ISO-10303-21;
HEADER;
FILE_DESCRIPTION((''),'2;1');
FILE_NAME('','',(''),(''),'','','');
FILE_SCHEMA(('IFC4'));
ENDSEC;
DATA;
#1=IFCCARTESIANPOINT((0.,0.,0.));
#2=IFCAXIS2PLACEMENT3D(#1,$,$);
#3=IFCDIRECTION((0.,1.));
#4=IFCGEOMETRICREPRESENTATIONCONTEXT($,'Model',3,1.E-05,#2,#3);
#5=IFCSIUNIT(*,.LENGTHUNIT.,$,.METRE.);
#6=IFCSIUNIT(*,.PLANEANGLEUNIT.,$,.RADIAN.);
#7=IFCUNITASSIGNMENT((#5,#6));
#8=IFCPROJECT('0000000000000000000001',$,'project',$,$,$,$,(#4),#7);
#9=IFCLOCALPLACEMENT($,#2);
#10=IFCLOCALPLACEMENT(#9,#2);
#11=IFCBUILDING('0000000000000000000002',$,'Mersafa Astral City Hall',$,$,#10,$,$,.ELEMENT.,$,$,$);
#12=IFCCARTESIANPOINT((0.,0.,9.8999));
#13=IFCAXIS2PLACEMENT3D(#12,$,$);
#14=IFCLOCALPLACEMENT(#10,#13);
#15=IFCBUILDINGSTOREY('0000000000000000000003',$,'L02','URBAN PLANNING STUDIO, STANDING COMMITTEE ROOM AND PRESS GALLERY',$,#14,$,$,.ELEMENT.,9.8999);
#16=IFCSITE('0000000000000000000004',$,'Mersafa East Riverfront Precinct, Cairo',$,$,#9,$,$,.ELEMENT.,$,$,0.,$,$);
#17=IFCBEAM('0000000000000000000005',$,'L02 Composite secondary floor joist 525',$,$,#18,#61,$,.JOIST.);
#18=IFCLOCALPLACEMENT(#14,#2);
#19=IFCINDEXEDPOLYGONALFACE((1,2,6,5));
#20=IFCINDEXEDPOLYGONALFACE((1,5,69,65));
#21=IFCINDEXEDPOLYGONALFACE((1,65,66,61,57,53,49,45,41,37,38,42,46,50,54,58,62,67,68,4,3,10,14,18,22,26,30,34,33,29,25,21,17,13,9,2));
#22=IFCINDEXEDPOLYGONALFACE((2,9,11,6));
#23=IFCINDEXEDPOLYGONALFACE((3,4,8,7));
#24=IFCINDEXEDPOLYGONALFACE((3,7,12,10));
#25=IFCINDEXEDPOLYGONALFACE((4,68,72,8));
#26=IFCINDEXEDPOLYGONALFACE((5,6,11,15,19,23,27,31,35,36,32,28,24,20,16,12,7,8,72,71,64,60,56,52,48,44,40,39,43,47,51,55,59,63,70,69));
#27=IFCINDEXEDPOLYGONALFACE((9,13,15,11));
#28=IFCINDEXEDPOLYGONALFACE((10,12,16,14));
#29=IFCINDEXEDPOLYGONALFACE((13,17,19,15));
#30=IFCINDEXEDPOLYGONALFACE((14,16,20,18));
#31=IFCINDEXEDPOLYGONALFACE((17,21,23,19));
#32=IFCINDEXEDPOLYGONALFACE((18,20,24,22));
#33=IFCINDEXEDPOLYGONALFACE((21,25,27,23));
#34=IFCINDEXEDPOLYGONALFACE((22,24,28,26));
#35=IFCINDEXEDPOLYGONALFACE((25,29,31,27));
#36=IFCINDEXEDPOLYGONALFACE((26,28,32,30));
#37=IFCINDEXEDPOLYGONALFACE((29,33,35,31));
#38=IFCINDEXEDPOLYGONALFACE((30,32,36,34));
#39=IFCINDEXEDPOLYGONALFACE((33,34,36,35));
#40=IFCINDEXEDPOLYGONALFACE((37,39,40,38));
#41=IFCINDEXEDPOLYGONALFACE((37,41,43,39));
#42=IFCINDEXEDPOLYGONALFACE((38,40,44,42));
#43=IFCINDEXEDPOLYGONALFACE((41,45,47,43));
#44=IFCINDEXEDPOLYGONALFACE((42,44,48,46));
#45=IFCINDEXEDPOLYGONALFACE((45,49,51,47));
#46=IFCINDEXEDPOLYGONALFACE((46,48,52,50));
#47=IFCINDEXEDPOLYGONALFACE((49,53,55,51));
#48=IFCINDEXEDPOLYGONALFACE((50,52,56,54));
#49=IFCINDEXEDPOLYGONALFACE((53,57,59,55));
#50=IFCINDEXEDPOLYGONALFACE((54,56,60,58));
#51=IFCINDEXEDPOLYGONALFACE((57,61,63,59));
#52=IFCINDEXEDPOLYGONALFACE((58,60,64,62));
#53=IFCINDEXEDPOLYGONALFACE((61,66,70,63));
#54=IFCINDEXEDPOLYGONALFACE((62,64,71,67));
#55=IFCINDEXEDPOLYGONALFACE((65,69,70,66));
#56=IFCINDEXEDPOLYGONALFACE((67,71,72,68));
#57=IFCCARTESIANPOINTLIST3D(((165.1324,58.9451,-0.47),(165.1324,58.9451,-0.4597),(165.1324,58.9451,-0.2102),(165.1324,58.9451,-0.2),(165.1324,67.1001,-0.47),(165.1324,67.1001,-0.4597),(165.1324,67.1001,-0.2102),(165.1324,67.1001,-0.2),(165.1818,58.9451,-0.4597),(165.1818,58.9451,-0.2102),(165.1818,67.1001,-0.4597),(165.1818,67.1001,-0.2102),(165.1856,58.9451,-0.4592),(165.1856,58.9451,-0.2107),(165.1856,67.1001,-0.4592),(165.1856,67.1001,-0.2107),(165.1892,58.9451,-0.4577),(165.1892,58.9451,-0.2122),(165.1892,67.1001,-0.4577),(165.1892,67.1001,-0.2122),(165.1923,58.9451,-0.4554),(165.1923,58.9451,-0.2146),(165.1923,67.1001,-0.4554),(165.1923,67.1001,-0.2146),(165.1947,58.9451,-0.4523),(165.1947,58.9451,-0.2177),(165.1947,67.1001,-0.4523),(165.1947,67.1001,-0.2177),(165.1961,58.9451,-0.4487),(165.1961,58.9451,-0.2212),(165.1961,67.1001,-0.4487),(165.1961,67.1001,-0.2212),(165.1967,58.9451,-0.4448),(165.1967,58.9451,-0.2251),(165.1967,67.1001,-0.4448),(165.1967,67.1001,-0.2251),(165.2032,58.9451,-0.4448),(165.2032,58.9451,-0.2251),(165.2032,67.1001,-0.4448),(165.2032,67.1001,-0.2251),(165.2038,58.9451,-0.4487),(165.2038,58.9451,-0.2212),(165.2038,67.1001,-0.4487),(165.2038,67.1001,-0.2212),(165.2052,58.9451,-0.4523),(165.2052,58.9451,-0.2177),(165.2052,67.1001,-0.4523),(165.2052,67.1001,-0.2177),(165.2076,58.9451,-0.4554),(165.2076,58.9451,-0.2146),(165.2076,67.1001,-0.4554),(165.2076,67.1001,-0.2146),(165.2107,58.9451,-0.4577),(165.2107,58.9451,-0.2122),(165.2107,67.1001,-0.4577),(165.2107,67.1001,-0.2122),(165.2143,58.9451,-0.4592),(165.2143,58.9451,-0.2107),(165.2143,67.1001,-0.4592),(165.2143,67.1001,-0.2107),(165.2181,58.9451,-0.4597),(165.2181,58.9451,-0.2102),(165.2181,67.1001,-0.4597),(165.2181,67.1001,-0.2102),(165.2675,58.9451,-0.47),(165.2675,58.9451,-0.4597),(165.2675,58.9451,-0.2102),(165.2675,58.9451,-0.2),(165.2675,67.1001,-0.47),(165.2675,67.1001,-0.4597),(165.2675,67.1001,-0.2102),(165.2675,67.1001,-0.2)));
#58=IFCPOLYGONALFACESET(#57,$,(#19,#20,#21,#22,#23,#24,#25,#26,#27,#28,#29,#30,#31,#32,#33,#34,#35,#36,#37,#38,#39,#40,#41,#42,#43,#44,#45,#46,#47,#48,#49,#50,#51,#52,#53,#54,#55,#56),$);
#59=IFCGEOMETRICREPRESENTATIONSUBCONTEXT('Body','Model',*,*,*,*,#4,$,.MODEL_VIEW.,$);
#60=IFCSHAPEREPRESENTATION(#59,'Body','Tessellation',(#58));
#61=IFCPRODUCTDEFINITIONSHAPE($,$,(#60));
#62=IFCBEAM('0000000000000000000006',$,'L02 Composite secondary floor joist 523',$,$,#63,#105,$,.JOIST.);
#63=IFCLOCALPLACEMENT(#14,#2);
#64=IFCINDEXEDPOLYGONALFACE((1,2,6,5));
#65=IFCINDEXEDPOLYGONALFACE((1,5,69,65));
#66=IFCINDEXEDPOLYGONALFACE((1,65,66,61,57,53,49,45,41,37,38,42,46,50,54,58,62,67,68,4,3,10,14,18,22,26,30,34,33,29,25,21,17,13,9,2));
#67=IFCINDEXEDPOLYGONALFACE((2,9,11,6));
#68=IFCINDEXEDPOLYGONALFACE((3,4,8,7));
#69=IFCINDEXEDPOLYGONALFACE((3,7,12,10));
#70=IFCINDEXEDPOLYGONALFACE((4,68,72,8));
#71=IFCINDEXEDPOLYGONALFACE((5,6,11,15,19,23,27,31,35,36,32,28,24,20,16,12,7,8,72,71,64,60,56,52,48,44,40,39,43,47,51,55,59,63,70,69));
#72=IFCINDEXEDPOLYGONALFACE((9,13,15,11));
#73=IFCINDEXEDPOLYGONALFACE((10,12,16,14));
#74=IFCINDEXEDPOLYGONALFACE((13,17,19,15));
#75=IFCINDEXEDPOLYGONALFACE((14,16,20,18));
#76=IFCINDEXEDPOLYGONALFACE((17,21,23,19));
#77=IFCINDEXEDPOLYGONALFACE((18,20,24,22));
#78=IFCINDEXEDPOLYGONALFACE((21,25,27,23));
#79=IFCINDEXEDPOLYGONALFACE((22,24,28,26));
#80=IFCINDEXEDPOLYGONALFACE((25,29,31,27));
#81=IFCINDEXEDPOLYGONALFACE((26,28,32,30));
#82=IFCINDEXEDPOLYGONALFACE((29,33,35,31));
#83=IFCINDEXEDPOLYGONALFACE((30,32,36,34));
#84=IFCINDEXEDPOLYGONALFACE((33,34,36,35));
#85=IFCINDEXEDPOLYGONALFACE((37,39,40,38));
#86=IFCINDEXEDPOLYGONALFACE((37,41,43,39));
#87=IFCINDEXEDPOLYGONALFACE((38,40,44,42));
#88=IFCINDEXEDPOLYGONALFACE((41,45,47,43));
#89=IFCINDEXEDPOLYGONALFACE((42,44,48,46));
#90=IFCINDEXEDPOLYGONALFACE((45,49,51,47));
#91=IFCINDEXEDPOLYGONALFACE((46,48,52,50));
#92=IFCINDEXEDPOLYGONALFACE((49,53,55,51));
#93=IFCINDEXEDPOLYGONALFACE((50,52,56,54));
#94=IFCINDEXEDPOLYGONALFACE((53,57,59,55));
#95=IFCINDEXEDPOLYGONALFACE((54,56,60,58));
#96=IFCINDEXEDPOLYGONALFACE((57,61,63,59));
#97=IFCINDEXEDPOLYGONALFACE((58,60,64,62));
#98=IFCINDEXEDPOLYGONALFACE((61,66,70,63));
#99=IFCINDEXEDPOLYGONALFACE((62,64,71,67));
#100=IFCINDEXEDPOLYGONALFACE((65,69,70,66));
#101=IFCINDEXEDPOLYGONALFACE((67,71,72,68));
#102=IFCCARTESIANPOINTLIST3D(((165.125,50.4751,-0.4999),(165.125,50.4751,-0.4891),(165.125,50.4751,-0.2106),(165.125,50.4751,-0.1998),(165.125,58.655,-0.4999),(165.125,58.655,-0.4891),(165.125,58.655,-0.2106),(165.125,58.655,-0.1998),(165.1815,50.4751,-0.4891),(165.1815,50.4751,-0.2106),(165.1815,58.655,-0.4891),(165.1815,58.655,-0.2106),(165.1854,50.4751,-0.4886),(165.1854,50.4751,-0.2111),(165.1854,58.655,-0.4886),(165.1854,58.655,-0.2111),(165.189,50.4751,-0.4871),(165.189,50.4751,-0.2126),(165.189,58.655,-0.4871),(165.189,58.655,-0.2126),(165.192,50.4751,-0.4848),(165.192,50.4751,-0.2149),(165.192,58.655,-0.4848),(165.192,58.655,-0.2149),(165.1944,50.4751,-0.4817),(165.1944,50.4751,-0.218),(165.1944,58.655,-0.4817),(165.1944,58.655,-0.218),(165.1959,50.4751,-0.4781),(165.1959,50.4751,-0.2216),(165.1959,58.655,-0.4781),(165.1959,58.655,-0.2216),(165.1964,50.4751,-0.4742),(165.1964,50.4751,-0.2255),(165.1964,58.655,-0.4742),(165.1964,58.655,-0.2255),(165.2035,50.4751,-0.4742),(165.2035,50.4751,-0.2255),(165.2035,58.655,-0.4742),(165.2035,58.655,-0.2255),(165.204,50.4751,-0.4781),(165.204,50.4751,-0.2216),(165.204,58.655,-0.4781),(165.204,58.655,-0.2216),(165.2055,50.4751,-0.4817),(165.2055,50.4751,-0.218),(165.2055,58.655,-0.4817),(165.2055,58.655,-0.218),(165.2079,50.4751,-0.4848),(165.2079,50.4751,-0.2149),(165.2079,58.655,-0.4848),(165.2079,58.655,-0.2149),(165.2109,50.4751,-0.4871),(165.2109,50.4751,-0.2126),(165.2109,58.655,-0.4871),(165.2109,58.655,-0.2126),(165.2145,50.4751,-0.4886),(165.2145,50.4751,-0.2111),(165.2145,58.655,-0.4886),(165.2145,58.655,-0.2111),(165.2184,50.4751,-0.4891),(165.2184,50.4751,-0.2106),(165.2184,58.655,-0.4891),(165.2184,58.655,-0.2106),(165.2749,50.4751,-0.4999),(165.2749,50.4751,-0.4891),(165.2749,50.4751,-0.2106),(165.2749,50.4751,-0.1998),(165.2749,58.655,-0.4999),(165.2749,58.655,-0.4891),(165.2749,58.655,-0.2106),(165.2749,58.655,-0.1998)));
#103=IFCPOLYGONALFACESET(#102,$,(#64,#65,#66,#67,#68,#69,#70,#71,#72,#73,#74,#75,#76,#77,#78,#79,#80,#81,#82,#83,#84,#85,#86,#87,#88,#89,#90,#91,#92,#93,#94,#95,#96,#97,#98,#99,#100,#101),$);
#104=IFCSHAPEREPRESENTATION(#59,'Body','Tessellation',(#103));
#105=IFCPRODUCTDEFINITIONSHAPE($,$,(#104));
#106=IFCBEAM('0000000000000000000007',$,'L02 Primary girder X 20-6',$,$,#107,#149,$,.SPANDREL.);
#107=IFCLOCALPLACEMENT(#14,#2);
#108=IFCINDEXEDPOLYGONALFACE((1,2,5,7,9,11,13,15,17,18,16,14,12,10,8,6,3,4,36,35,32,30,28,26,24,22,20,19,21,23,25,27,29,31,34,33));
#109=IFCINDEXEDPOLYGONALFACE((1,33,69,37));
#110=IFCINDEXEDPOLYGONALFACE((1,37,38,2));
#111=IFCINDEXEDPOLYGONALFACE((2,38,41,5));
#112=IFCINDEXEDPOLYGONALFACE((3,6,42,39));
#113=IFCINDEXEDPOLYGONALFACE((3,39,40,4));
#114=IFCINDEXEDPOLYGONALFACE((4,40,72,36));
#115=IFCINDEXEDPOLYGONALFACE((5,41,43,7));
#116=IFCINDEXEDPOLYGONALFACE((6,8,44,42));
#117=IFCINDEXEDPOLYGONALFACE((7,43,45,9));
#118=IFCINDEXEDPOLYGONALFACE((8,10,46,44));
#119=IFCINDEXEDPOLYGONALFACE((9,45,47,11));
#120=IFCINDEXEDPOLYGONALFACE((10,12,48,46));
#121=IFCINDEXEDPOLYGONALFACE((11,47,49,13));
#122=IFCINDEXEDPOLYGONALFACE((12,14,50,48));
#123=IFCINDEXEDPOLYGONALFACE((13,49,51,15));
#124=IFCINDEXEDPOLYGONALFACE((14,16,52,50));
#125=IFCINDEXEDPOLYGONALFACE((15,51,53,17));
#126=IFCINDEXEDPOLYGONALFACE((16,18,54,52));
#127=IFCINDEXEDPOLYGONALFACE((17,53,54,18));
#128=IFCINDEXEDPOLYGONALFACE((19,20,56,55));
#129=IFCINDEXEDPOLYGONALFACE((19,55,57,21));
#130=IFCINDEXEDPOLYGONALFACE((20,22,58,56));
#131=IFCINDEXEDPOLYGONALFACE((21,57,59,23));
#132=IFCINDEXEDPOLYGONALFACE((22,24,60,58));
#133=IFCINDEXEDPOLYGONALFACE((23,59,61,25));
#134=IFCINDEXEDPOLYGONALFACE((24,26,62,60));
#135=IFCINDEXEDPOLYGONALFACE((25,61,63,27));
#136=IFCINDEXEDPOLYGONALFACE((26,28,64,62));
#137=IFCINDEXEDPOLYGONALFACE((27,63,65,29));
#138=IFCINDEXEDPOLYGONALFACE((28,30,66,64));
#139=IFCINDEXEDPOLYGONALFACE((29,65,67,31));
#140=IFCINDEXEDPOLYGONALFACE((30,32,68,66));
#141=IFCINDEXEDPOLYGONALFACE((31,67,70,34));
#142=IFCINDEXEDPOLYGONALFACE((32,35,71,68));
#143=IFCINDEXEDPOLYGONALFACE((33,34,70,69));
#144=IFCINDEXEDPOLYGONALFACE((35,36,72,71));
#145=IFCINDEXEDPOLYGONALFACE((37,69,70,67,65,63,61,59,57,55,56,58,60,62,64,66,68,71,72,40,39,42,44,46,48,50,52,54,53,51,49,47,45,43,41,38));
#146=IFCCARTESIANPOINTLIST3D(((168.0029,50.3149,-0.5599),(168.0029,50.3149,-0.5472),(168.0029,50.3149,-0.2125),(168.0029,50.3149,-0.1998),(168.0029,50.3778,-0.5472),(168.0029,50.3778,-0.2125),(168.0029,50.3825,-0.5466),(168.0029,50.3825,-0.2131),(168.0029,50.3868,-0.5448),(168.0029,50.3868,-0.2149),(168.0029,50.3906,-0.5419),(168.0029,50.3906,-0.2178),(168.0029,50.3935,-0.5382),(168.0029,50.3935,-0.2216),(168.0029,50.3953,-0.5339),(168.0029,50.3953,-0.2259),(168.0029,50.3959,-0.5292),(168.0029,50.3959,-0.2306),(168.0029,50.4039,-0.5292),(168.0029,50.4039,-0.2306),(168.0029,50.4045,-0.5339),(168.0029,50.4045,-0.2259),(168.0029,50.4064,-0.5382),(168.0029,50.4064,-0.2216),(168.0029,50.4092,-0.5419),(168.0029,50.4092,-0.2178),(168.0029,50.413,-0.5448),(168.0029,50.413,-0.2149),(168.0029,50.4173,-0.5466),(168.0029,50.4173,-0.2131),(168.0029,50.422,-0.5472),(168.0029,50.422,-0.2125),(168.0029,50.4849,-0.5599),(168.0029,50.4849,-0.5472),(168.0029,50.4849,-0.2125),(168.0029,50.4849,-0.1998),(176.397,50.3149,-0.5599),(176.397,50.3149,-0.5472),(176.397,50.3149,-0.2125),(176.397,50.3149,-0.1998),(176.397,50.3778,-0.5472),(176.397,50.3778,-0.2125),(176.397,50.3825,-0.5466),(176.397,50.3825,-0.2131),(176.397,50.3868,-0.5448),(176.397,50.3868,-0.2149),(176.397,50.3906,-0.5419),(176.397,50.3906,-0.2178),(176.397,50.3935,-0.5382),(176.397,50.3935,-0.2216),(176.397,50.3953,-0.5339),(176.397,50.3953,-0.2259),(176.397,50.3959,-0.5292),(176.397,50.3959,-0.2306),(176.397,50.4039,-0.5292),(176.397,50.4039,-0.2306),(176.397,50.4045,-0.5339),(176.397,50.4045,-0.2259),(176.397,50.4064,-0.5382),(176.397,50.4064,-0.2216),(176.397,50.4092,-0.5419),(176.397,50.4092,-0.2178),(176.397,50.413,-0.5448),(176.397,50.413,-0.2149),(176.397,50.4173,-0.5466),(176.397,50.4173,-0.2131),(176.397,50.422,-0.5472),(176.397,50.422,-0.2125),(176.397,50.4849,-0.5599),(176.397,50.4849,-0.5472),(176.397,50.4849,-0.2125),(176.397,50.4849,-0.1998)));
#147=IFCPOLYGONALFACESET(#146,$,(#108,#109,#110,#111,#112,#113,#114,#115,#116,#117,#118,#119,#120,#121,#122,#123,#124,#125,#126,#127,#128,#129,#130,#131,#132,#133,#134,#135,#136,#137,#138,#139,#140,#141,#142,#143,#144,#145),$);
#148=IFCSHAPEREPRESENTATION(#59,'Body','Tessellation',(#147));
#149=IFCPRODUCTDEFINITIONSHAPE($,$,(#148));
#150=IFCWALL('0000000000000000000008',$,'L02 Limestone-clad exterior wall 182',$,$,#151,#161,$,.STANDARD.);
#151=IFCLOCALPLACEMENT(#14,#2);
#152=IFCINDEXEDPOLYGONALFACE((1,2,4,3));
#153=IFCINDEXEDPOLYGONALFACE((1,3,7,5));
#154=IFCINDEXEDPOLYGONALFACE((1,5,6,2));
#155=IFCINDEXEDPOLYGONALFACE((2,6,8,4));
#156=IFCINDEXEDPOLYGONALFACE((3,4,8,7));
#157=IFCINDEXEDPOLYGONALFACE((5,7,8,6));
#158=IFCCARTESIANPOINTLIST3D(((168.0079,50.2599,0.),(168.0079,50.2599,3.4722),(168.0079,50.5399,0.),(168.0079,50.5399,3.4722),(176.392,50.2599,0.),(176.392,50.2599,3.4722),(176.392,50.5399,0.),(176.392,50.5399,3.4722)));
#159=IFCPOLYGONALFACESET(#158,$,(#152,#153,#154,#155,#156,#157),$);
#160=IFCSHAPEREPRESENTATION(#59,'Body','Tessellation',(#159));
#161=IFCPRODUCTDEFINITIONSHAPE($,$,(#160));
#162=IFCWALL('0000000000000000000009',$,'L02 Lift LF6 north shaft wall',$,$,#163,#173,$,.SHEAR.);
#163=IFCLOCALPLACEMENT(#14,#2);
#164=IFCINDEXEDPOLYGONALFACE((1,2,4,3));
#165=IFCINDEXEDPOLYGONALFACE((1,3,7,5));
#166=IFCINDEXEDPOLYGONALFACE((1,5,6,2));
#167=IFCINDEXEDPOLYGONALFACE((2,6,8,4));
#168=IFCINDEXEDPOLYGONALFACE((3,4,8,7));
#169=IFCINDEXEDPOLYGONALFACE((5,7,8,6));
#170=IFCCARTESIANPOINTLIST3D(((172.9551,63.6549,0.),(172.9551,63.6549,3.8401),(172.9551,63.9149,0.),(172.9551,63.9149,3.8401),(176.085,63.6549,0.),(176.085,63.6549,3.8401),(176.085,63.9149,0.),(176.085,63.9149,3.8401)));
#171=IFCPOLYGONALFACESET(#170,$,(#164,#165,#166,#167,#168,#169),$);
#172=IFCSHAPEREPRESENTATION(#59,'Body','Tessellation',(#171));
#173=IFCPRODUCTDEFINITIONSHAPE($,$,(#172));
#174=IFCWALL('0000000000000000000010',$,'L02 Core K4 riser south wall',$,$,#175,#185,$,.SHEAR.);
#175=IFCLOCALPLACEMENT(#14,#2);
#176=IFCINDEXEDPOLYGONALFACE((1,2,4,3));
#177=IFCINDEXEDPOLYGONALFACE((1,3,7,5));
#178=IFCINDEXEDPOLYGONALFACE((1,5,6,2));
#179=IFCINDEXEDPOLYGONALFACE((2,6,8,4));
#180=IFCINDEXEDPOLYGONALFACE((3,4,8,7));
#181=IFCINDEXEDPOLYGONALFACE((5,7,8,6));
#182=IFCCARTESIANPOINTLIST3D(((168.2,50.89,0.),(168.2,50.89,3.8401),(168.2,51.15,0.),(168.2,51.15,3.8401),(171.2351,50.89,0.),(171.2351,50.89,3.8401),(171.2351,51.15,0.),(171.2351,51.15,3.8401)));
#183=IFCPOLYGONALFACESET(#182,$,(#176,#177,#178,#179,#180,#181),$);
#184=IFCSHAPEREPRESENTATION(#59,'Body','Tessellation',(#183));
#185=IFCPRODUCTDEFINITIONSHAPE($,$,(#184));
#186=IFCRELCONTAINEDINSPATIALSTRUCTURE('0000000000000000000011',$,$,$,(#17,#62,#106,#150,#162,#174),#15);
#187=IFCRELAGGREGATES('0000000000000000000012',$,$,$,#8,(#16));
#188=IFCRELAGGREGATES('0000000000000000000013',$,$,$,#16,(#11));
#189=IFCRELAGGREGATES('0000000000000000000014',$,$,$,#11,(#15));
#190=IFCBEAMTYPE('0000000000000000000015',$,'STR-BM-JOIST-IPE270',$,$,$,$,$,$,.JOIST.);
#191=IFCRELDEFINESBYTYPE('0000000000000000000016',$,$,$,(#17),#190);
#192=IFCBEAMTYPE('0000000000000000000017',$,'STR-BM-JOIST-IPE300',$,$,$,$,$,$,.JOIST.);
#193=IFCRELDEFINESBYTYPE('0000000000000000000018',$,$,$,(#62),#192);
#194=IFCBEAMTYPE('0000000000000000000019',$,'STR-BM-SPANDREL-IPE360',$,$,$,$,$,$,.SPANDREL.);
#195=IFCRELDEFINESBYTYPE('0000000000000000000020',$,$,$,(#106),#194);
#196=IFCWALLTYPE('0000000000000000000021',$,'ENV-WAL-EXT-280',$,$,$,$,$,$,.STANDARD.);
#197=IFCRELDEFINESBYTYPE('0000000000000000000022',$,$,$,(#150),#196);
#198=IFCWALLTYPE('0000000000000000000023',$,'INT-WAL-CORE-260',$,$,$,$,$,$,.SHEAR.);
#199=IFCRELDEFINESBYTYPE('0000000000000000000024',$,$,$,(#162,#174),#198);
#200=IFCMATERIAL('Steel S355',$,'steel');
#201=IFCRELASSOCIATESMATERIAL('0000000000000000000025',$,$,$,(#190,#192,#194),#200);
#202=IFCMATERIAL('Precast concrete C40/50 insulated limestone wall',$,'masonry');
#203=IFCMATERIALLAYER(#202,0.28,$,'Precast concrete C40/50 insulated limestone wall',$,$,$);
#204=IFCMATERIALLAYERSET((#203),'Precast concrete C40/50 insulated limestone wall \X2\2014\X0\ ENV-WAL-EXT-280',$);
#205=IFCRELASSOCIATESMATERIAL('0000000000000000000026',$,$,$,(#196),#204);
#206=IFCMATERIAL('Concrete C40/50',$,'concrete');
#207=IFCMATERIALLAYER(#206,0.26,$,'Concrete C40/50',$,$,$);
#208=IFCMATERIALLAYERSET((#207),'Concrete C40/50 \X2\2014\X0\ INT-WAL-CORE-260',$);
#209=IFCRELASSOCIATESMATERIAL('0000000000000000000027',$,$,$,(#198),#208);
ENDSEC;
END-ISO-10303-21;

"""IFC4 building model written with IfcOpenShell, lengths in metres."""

from ifc_helpers import new_model, si_unit, direction, frame, frame_2d, origin, origin_2d, place, context, subcontext, project, spatial, rectangle, i_section, extrude, material, layer, layer_set, material_profile, profile_set, type_object, element, save


model = new_model("IFC4")

# Units and contexts
model_context = context("Model", 3, precision=1e-05, world=origin(), true_north=direction((0.0, 1.0)))
body_context = subcontext(model_context, "Body", "Model", "MODEL_VIEW")
ifc_project = project(units=[si_unit("LENGTHUNIT", "METRE"), si_unit("PLANEANGLEUNIT", "RADIAN")], contexts=[model_context])

# Site, building, storey
site_placement = place(None, origin())
site = spatial("IfcSite", under=ifc_project, at=site_placement, Name="Mersafa East Riverfront Precinct, Cairo", CompositionType="ELEMENT", RefElevation=0.0)
building_placement = place(site_placement, origin())
building = spatial("IfcBuilding", under=site, at=building_placement, Name="Mersafa Astral City Hall", CompositionType="ELEMENT")
storey_placement = place(building_placement, frame((0.0, 0.0, 9.8999)))
storey = spatial("IfcBuildingStorey", under=building, at=storey_placement, Name="L02", Description="URBAN PLANNING STUDIO, STANDING COMMITTEE ROOM AND PRESS GALLERY", CompositionType="ELEMENT", Elevation=9.8999)

# Shared definitions
ifc_material_1 = material(Name="Steel S355", Category="steel")

# Beams
ifc_material_profile_1 = material_profile(ifc_material_1, i_section(OverallWidth=0.135, OverallDepth=0.27, WebThickness=0.0066, FlangeThickness=0.0103, FilletRadius=0.0149, at=origin_2d()), Name="IPE 270")
ifc_profile_set_1 = profile_set([ifc_material_profile_1], Name="Steel S355")
beam_type_1 = type_object("IfcBeamType", Name="STR-BM-JOIST-IPE270", PredefinedType="JOIST", material=ifc_profile_set_1)
beam_1_placement = place(storey_placement, frame((165.2, 58.9451, -0.335), z_axis=(0.0, 1.0, 0.0), x_axis=(-1.0, 0.0, 0.0)))
element("IfcBeam", 1, at=beam_1_placement, inside=storey, type_object=beam_type_1, Name="L02 Composite secondary floor joist 525", PredefinedType="JOIST", context=body_context, shape_type="SweptSolid", body=[
    extrude(i_section(OverallWidth=0.135, OverallDepth=0.27, WebThickness=0.0066, FlangeThickness=0.0103, FilletRadius=0.0149, at=origin_2d()), origin(), (0.0, 0.0, 1.0), 8.155),
])
ifc_material_profile_2 = material_profile(ifc_material_1, i_section(OverallWidth=0.1499, OverallDepth=0.3, WebThickness=0.0071, FlangeThickness=0.0107, FilletRadius=0.0149, at=origin_2d()), Name="IPE 300")
ifc_profile_set_2 = profile_set([ifc_material_profile_2], Name="Steel S355")
beam_type_2 = type_object("IfcBeamType", Name="STR-BM-JOIST-IPE300", PredefinedType="JOIST", material=ifc_profile_set_2)
beam_2_placement = place(storey_placement, frame((165.2, 50.4751, -0.3499), z_axis=(0.0, 1.0, 0.0), x_axis=(-1.0, 0.0, 0.0)))
element("IfcBeam", 2, at=beam_2_placement, inside=storey, type_object=beam_type_2, Name="L02 Composite secondary floor joist 523", PredefinedType="JOIST", context=body_context, shape_type="SweptSolid", body=[
    extrude(i_section(OverallWidth=0.1499, OverallDepth=0.3, WebThickness=0.0071, FlangeThickness=0.0107, FilletRadius=0.0149, at=origin_2d()), origin(), (0.0, 0.0, 1.0), 8.1799),
])
ifc_material_profile_3 = material_profile(ifc_material_1, i_section(OverallWidth=0.1699, OverallDepth=0.3601, WebThickness=0.0081, FlangeThickness=0.0127, FilletRadius=0.0181, at=origin_2d()), Name="IPE 360")
ifc_profile_set_3 = profile_set([ifc_material_profile_3], Name="Steel S355")
beam_type_3 = type_object("IfcBeamType", Name="STR-BM-SPANDREL-IPE360", PredefinedType="SPANDREL", material=ifc_profile_set_3)
beam_3_placement = place(storey_placement, frame((168.0029, 50.3999, -0.3799), z_axis=(1.0, 0.0, 0.0), x_axis=(0.0, 1.0, 0.0)))
element("IfcBeam", 3, at=beam_3_placement, inside=storey, type_object=beam_type_3, Name="L02 Primary girder X 20-6", PredefinedType="SPANDREL", context=body_context, shape_type="SweptSolid", body=[
    extrude(i_section(OverallWidth=0.1699, OverallDepth=0.3601, WebThickness=0.0081, FlangeThickness=0.0127, FilletRadius=0.0181, at=origin_2d()), origin(), (0.0, 0.0, 1.0), 8.394),
])

# Walls
ifc_material_2 = material(Name="Precast concrete C40/50 insulated limestone wall", Category="masonry")
ifc_layer_1 = layer(ifc_material_2, 0.28, Name="Precast concrete C40/50 insulated limestone wall")
ifc_layer_set_1 = layer_set([ifc_layer_1], Name="Precast concrete C40/50 insulated limestone wall — ENV-WAL-EXT-280")
wall_type_1 = type_object("IfcWallType", Name="ENV-WAL-EXT-280", PredefinedType="STANDARD", material=ifc_layer_set_1)
wall_1_placement = place(storey_placement, frame((168.0081, 50.3999, 0.0), z_axis=(0.0, 0.0, 1.0), x_axis=(1.0, 0.0, 0.0)))
element("IfcWall", 4, at=wall_1_placement, inside=storey, type_object=wall_type_1, Name="L02 Limestone-clad exterior wall 182", PredefinedType="STANDARD", context=body_context, shape_type="SweptSolid", body=[
    extrude(rectangle(XDim=8.384, YDim=0.28, at=frame_2d((4.1919, 0.0))), origin(), (0.0, 0.0, 1.0), 3.4722),
])
ifc_material_3 = material(Name="Concrete C40/50", Category="concrete")
ifc_layer_2 = layer(ifc_material_3, 0.26, Name="Concrete C40/50")
ifc_layer_set_2 = layer_set([ifc_layer_2], Name="Concrete C40/50 — INT-WAL-CORE-260")
wall_type_2 = type_object("IfcWallType", Name="INT-WAL-CORE-260", PredefinedType="SHEAR", material=ifc_layer_set_2)
wall_2_placement = place(storey_placement, frame((172.9551, 63.7849, 0.0), z_axis=(0.0, 0.0, 1.0), x_axis=(1.0, 0.0, 0.0)))
element("IfcWall", 5, at=wall_2_placement, inside=storey, type_object=wall_type_2, Name="L02 Lift LF6 north shaft wall", PredefinedType="SHEAR", context=body_context, shape_type="SweptSolid", body=[
    extrude(rectangle(XDim=3.1299, YDim=0.26, at=frame_2d((1.5649, 0.0))), origin(), (0.0, 0.0, 1.0), 3.8401),
])

# Wall
for number, where, z_axis, x_axis, name in (
    (6, (168.2, 51.02, 0.0), (0.0, 0.0, 1.0), (1.0, 0.0, 0.0), "L02 Core K4 riser south wall"),
):
    element("IfcWall", number, at=place(storey_placement, frame(where, z_axis=z_axis, x_axis=x_axis)), inside=storey, type_object=wall_type_2, Name=name, PredefinedType="SHEAR", context=body_context, shape_type="SweptSolid", body=[
        extrude(rectangle(XDim=3.0352, YDim=0.26, at=frame_2d((1.5176, 0.0))), origin(), (0.0, 0.0, 1.0), 3.8401),
    ])

save(model, "model.ifc")
